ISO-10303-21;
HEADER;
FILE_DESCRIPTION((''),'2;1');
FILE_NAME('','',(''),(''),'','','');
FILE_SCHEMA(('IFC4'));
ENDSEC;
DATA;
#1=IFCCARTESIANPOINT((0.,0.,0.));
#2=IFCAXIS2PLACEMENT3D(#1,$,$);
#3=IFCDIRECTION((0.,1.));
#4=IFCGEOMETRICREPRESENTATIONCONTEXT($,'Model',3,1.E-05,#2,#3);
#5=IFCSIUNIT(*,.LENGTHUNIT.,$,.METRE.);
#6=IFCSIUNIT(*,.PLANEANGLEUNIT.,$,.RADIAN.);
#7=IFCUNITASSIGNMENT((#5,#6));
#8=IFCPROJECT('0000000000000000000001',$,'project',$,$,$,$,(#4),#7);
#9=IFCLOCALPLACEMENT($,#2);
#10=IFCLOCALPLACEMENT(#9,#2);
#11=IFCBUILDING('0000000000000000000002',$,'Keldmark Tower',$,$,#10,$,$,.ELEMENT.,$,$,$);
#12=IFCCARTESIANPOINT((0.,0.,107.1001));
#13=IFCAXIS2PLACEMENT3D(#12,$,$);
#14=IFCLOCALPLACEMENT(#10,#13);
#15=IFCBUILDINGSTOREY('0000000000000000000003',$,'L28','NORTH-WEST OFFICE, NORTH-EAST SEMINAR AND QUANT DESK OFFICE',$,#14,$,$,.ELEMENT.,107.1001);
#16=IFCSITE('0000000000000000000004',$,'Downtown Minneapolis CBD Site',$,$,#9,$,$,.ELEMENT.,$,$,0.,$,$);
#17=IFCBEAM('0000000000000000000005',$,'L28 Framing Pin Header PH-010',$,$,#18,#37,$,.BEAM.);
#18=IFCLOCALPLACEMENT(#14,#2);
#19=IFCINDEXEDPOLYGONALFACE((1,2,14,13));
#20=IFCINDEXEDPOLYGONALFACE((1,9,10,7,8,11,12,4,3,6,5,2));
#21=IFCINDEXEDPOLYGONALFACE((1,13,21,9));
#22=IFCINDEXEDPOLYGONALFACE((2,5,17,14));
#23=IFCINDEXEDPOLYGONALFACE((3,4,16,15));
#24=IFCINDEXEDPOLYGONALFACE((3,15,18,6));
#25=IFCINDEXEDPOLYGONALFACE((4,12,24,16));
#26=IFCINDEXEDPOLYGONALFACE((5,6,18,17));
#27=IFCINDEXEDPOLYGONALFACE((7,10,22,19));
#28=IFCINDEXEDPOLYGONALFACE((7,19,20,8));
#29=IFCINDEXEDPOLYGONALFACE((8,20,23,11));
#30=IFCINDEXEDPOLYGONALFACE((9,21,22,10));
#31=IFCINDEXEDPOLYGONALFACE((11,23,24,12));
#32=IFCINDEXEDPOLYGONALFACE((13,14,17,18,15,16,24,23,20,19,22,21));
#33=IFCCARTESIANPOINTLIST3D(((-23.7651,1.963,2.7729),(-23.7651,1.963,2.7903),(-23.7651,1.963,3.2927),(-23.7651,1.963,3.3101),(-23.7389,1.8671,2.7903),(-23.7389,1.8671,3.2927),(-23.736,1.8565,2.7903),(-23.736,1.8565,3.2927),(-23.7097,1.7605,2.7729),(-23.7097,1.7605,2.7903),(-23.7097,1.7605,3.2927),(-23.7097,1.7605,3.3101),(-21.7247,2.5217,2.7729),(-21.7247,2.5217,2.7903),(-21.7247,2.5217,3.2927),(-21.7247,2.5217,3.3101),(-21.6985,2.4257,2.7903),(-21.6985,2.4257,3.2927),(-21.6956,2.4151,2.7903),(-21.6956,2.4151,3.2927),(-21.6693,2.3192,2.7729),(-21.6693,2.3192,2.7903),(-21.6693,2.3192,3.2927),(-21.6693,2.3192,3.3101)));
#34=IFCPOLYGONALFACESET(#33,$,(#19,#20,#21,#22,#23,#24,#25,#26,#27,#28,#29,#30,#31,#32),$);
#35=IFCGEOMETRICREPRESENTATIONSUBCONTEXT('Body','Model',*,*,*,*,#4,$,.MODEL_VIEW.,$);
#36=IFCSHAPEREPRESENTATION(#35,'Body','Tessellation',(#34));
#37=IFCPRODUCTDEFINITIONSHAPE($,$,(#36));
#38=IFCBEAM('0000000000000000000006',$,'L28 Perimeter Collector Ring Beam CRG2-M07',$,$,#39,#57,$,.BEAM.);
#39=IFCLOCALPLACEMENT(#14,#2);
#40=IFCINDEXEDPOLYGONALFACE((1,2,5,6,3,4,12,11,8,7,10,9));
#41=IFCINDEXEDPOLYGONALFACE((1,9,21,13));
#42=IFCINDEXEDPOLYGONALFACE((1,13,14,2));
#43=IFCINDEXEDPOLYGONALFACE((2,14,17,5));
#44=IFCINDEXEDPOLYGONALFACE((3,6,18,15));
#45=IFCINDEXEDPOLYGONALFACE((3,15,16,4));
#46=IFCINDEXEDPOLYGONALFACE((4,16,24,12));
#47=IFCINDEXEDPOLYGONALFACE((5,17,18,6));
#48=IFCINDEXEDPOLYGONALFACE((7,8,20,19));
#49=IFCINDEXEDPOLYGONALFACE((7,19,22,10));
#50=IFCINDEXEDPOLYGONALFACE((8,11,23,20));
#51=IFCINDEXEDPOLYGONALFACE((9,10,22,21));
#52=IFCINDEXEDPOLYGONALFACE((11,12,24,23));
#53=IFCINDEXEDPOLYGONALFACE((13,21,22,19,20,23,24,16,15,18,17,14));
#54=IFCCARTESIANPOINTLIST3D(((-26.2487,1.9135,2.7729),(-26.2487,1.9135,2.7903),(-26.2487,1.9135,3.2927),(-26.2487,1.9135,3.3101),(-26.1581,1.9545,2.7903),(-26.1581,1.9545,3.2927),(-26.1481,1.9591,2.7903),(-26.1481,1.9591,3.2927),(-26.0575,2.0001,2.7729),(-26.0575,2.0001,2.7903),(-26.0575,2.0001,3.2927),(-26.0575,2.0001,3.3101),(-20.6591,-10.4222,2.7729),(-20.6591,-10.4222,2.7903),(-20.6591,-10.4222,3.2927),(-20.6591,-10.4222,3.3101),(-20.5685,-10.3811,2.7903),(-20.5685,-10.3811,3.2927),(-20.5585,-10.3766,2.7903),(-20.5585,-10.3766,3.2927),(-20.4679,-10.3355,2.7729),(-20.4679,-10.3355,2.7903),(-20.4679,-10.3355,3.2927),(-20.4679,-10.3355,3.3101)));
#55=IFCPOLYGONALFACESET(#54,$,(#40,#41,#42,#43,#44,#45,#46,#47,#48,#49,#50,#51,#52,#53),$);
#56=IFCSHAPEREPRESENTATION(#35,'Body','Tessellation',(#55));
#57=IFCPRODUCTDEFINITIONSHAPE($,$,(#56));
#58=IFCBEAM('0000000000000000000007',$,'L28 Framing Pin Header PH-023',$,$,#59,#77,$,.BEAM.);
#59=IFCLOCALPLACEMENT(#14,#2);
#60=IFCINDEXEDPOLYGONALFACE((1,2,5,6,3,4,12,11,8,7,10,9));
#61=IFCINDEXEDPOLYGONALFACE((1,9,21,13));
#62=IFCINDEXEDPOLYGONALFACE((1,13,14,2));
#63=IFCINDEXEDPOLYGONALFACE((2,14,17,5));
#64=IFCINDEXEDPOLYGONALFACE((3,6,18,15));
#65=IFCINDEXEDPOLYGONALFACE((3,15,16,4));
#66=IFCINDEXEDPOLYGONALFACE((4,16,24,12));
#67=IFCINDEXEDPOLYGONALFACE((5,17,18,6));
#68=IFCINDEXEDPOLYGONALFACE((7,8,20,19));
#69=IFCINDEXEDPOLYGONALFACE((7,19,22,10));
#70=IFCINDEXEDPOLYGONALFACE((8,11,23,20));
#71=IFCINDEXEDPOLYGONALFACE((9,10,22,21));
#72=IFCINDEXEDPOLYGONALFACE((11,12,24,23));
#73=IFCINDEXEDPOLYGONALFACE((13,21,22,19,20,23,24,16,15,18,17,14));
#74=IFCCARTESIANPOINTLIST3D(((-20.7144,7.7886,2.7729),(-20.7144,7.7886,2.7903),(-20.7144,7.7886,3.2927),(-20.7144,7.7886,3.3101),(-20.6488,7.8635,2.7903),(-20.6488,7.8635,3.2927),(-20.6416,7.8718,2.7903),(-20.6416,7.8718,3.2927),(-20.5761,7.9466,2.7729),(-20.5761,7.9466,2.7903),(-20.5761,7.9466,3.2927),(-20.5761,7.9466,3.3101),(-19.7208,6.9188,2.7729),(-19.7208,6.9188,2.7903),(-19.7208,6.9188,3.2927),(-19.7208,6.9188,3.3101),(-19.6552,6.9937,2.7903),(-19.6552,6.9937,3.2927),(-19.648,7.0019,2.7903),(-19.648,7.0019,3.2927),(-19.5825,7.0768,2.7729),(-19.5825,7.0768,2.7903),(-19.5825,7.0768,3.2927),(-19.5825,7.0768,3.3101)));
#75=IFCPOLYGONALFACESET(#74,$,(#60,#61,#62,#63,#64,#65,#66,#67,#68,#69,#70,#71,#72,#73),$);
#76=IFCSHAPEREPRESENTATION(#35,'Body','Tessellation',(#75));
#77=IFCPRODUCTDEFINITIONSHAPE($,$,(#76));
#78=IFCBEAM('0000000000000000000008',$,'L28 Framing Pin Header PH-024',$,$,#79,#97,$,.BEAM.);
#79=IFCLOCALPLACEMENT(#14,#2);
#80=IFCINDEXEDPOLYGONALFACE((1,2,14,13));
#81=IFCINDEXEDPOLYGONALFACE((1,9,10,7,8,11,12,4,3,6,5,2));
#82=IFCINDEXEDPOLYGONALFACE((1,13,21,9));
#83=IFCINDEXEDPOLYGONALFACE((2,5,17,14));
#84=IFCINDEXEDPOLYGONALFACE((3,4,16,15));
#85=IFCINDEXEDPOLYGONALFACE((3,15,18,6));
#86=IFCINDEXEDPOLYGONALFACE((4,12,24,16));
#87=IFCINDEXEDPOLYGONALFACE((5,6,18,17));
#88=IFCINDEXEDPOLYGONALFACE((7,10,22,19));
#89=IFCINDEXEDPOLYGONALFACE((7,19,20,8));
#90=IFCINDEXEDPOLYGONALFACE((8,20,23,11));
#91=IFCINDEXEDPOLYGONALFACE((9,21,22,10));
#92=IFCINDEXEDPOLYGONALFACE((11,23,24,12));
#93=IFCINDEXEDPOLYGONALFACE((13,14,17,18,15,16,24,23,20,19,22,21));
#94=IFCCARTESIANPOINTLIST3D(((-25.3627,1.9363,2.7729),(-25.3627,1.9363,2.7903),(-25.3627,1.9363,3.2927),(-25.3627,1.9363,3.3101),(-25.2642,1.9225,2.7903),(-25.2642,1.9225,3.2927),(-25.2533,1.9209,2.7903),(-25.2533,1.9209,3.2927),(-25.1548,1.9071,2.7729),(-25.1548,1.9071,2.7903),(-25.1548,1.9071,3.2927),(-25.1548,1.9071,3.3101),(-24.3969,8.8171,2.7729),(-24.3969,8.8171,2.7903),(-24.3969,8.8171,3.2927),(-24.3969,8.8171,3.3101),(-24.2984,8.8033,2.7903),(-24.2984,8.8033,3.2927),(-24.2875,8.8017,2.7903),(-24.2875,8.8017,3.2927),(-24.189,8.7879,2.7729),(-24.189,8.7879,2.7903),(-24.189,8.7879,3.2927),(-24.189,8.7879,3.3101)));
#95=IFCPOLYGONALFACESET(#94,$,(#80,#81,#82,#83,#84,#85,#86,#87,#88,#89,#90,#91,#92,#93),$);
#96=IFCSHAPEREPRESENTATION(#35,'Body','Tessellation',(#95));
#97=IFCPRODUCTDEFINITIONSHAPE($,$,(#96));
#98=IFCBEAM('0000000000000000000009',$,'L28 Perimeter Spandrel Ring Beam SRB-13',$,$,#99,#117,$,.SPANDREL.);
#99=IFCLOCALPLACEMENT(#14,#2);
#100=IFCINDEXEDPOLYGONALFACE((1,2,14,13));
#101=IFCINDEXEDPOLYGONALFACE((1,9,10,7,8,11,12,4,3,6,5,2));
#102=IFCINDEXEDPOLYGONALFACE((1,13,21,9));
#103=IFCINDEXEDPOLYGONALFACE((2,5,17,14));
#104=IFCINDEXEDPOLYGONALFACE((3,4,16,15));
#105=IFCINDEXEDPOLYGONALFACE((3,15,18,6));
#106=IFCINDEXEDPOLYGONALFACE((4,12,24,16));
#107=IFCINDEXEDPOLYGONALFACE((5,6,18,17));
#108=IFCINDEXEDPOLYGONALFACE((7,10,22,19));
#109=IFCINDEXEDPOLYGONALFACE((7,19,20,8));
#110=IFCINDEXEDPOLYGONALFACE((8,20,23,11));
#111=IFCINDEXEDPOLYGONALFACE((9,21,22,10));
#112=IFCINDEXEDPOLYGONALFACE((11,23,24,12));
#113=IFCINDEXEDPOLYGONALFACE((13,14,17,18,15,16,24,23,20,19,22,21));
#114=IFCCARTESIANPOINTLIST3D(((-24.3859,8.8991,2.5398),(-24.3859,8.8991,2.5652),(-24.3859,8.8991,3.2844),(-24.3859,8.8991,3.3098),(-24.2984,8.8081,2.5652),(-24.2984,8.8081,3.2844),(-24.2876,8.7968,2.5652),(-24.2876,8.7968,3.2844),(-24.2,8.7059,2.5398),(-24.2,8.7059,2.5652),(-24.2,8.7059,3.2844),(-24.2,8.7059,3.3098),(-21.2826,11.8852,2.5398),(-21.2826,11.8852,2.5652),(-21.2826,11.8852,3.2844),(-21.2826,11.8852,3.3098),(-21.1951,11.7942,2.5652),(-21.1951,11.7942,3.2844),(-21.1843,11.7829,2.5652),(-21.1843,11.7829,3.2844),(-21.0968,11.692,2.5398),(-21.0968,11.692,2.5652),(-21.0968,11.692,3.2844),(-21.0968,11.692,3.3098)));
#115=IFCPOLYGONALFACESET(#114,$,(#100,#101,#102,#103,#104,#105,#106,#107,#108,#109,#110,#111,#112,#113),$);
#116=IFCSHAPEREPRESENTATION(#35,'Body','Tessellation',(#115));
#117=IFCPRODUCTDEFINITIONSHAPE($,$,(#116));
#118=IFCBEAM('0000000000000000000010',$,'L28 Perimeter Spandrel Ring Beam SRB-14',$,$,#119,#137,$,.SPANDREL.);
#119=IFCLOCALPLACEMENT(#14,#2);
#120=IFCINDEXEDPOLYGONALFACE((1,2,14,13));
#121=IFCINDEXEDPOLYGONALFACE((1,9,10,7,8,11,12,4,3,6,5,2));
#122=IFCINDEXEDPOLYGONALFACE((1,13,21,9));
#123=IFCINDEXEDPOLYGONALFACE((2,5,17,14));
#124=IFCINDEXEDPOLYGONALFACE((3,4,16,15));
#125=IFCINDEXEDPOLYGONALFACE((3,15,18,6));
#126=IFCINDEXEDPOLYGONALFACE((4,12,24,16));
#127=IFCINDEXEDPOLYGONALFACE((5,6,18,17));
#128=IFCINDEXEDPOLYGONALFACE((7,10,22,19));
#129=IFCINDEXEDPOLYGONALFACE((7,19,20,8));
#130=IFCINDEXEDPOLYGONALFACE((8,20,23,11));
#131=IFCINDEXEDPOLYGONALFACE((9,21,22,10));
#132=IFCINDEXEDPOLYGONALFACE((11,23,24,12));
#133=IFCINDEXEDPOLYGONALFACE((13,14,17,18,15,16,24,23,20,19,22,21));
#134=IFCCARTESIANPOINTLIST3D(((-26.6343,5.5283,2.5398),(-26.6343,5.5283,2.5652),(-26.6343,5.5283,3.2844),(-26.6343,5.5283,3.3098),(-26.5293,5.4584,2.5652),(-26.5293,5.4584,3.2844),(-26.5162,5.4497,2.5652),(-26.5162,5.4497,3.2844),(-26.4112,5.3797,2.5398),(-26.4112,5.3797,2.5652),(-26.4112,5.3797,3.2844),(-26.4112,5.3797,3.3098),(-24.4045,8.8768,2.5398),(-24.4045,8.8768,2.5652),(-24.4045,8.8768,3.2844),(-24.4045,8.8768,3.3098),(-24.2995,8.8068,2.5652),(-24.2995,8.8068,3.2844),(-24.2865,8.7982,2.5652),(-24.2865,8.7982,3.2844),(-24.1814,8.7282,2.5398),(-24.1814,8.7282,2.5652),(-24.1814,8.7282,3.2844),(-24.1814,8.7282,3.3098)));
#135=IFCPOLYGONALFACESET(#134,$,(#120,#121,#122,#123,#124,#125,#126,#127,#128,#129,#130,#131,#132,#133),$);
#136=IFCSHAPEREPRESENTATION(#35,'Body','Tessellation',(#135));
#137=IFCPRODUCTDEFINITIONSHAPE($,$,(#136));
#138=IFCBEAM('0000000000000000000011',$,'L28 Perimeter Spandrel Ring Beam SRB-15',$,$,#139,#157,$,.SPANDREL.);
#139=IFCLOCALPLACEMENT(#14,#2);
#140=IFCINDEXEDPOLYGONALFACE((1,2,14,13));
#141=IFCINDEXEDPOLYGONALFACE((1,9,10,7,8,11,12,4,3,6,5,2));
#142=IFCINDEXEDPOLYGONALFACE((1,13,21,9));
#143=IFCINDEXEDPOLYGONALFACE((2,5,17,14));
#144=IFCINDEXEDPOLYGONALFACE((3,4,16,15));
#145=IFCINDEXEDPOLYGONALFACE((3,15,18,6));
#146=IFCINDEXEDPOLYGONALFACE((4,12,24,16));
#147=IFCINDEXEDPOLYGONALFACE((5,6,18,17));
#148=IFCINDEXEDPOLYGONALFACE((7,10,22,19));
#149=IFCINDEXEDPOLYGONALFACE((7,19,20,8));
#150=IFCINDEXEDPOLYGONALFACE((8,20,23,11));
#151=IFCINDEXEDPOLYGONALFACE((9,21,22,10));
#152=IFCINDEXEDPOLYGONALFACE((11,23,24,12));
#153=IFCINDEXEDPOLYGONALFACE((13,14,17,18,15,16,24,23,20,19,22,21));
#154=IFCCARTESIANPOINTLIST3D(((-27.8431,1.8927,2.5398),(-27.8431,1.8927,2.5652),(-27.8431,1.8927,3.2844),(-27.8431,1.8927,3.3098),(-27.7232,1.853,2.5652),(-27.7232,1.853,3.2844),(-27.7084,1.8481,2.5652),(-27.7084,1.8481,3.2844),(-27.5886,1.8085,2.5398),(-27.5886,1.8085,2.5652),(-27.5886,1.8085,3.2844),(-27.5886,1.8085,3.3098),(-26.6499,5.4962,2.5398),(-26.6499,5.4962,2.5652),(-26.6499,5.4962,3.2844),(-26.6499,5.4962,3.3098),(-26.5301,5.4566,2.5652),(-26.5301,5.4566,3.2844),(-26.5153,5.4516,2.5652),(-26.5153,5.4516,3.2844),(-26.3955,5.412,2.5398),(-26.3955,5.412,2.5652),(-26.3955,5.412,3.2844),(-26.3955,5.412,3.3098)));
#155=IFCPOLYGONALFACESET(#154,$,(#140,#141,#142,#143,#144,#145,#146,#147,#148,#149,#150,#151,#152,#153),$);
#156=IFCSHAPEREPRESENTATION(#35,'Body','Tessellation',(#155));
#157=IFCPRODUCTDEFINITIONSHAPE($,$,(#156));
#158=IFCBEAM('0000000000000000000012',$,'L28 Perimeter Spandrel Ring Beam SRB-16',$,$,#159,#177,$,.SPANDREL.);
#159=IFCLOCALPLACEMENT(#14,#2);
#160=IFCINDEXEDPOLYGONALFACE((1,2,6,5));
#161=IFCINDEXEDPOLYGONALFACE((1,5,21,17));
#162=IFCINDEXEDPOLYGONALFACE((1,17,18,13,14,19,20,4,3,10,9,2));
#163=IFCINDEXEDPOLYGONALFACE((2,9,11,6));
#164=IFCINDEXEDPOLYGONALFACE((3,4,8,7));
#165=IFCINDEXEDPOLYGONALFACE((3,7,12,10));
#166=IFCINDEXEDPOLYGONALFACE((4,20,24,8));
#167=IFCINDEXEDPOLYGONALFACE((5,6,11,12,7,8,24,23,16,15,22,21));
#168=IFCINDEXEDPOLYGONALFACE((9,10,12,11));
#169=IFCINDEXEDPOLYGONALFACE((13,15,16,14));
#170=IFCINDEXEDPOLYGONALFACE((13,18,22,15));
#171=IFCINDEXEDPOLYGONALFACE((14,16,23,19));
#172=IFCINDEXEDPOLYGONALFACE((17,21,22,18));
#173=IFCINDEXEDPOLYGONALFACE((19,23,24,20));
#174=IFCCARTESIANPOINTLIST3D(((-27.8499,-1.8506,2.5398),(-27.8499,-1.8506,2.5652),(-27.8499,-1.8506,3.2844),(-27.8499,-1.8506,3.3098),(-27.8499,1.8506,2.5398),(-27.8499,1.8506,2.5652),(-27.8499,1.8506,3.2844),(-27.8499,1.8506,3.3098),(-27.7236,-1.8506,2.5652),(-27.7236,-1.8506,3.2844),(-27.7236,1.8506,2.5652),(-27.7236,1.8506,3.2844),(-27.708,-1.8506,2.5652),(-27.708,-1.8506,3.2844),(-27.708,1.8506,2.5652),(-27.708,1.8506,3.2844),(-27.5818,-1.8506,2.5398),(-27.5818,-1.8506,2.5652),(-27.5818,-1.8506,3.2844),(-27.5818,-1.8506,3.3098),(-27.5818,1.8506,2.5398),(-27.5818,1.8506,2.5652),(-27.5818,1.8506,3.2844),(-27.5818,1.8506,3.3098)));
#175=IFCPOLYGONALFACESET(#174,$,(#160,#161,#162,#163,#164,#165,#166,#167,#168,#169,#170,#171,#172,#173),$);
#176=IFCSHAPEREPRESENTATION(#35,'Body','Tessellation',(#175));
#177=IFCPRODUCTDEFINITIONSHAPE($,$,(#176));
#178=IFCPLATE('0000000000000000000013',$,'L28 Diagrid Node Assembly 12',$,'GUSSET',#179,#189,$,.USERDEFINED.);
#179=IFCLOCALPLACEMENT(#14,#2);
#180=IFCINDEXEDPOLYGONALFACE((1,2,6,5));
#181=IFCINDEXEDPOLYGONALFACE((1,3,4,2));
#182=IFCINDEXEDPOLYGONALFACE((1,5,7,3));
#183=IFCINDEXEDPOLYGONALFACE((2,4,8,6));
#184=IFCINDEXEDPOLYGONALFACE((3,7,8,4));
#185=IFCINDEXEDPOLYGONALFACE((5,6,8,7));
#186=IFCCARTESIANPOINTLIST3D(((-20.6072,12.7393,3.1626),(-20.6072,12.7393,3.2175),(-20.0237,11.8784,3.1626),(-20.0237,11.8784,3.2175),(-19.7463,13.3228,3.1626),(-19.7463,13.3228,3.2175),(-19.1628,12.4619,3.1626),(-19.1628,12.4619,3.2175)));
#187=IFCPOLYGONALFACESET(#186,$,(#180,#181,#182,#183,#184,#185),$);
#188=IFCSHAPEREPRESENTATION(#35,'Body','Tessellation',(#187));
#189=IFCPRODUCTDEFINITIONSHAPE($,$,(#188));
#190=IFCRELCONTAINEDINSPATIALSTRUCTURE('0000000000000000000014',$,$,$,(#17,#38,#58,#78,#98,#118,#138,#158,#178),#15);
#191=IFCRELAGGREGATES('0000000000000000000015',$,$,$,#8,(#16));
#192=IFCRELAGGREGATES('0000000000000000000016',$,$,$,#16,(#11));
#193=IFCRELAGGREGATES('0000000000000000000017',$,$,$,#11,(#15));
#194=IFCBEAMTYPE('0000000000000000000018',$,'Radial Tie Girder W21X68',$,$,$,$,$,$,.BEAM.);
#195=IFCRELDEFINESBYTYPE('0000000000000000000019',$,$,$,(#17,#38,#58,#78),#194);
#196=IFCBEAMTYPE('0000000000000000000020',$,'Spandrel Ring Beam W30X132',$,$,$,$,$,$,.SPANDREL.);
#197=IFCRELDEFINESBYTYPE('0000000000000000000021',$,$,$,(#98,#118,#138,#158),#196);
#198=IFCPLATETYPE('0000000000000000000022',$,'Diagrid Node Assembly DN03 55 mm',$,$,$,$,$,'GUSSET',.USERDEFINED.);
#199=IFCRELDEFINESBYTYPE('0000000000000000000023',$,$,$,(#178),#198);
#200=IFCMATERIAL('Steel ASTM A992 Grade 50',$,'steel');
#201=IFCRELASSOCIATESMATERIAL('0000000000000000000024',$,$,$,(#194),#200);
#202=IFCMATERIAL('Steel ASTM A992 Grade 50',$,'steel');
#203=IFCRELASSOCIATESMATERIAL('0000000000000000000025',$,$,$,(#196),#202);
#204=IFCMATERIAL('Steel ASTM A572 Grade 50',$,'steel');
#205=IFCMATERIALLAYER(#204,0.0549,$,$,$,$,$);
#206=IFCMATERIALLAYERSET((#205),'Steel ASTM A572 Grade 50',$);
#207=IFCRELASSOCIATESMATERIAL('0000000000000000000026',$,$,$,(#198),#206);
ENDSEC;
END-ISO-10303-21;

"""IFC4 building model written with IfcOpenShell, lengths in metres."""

from ifc_helpers import new_model, si_unit, direction, frame, origin, origin_2d, place, context, subcontext, project, spatial, rectangle, i_section, extrude, material, layer, layer_set, material_profile, profile_set, type_object, element, save


model = new_model("IFC4")

# Units and contexts
model_context = context("Model", 3, precision=1e-05, world=origin(), true_north=direction((0.0, 1.0)))
body_context = subcontext(model_context, "Body", "Model", "MODEL_VIEW")
ifc_project = project(units=[si_unit("LENGTHUNIT", "METRE"), si_unit("PLANEANGLEUNIT", "RADIAN")], contexts=[model_context])

# Site, building, storey
site_placement = place(None, origin())
site = spatial("IfcSite", under=ifc_project, at=site_placement, Name="Downtown Minneapolis CBD Site", CompositionType="ELEMENT", RefElevation=0.0)
building_placement = place(site_placement, origin())
building = spatial("IfcBuilding", under=site, at=building_placement, Name="Keldmark Tower", CompositionType="ELEMENT")
storey_placement = place(building_placement, frame((0.0, 0.0, 107.1001)))
storey = spatial("IfcBuildingStorey", under=building, at=storey_placement, Name="L28", Description="NORTH-WEST OFFICE, NORTH-EAST SEMINAR AND QUANT DESK OFFICE", CompositionType="ELEMENT", Elevation=107.1001)

# Beams
ifc_material_1 = material(Name="Steel ASTM A992 Grade 50", Category="steel")
ifc_material_profile_1 = material_profile(ifc_material_1, i_section(OverallWidth=0.21, OverallDepth=0.5371, WebThickness=0.011, FlangeThickness=0.0173, at=origin_2d()), Name="W21X68")
ifc_profile_set_1 = profile_set([ifc_material_profile_1], Name="Steel ASTM A992 Grade 50")
beam_type_1 = type_object("IfcBeamType", Name="Radial Tie Girder W21X68", PredefinedType="BEAM", material=ifc_profile_set_1)
beam_1_placement = place(storey_placement, frame((-21.697, 2.4204, 3.0415), z_axis=(-0.964505, -0.264065, 0.0), x_axis=(0.264065, -0.964505, 0.0)))
element("IfcBeam", 1, at=beam_1_placement, inside=storey, type_object=beam_type_1, Name="L28 Framing Pin Header PH-010", PredefinedType="BEAM", context=body_context, shape_type="SweptSolid", body=[
    extrude(i_section(OverallWidth=0.21, OverallDepth=0.5371, WebThickness=0.011, FlangeThickness=0.0173, at=origin_2d()), origin(), (0.0, 0.0, 1.0), 2.1155),
])
beam_2_placement = place(storey_placement, frame((-26.1531, 1.9568, 3.0415), z_axis=(0.41273, -0.910854, 0.0), x_axis=(0.910854, 0.41273, 0.0)))
element("IfcBeam", 2, at=beam_2_placement, inside=storey, type_object=beam_type_1, Name="L28 Perimeter Collector Ring Beam CRG2-M07", PredefinedType="BEAM", context=body_context, shape_type="SweptSolid", body=[
    extrude(i_section(OverallWidth=0.21, OverallDepth=0.5371, WebThickness=0.011, FlangeThickness=0.0173, at=origin_2d()), origin(), (0.0, 0.0, 1.0), 13.543),
])
beam_3_placement = place(storey_placement, frame((-19.6516, 6.9978, 3.0415), z_axis=(-0.752416, 0.658688, 0.0), x_axis=(-0.658688, -0.752416, 0.0)))
element("IfcBeam", 3, at=beam_3_placement, inside=storey, type_object=beam_type_1, Name="L28 Framing Pin Header PH-023", PredefinedType="BEAM", context=body_context, shape_type="SweptSolid", body=[
    extrude(i_section(OverallWidth=0.21, OverallDepth=0.5371, WebThickness=0.011, FlangeThickness=0.0173, at=origin_2d()), origin(), (0.0, 0.0, 1.0), 1.3206),
])
beam_4_placement = place(storey_placement, frame((-24.293, 8.8025, 3.0415), z_axis=(-0.139001, -0.990292, 0.0), x_axis=(0.990292, -0.139001, 0.0)))
element("IfcBeam", 4, at=beam_4_placement, inside=storey, type_object=beam_type_1, Name="L28 Framing Pin Header PH-024", PredefinedType="BEAM", context=body_context, shape_type="SweptSolid", body=[
    extrude(i_section(OverallWidth=0.21, OverallDepth=0.5371, WebThickness=0.011, FlangeThickness=0.0173, at=origin_2d()), origin(), (0.0, 0.0, 1.0), 6.9482),
])
ifc_material_2 = material(Name="Steel ASTM A992 Grade 50", Category="steel")
ifc_material_profile_2 = material_profile(ifc_material_2, i_section(OverallWidth=0.2681, OverallDepth=0.77, WebThickness=0.0156, FlangeThickness=0.0254, at=origin_2d()), Name="W30X132")
ifc_profile_set_2 = profile_set([ifc_material_profile_2], Name="Steel ASTM A992 Grade 50")
beam_type_2 = type_object("IfcBeamType", Name="Spandrel Ring Beam W30X132", PredefinedType="SPANDREL", material=ifc_profile_set_2)
beam_5_placement = place(storey_placement, frame((-21.1897, 11.7886, 2.9248), z_axis=(-0.720581, -0.69337, 0.0), x_axis=(0.69337, -0.720581, 0.0)))
element("IfcBeam", 5, at=beam_5_placement, inside=storey, type_object=beam_type_2, Name="L28 Perimeter Spandrel Ring Beam SRB-13", PredefinedType="SPANDREL", context=body_context, shape_type="SweptSolid", body=[
    extrude(i_section(OverallWidth=0.2681, OverallDepth=0.77, WebThickness=0.0156, FlangeThickness=0.0254, at=origin_2d()), origin(), (0.0, 0.0, 1.0), 4.3066),
])
beam_6_placement = place(storey_placement, frame((-24.293, 8.8025, 2.9248), z_axis=(-0.554266, -0.83234, 0.0), x_axis=(0.83234, -0.554266, 0.0)))
element("IfcBeam", 6, at=beam_6_placement, inside=storey, type_object=beam_type_2, Name="L28 Perimeter Spandrel Ring Beam SRB-14", PredefinedType="SPANDREL", context=body_context, shape_type="SweptSolid", body=[
    extrude(i_section(OverallWidth=0.2681, OverallDepth=0.77, WebThickness=0.0156, FlangeThickness=0.0254, at=origin_2d()), origin(), (0.0, 0.0, 1.0), 4.0229),
])
beam_7_placement = place(storey_placement, frame((-26.5227, 5.4541, 2.9248), z_axis=(-0.314317, -0.949318, 0.0), x_axis=(0.949318, -0.314317, 0.0)))
element("IfcBeam", 7, at=beam_7_placement, inside=storey, type_object=beam_type_2, Name="L28 Perimeter Spandrel Ring Beam SRB-15", PredefinedType="SPANDREL", context=body_context, shape_type="SweptSolid", body=[
    extrude(i_section(OverallWidth=0.2681, OverallDepth=0.77, WebThickness=0.0156, FlangeThickness=0.0254, at=origin_2d()), origin(), (0.0, 0.0, 1.0), 3.7959),
])
beam_8_placement = place(storey_placement, frame((-27.7158, 1.8506, 2.9248), z_axis=(0.0, -1.0, 0.0), x_axis=(1.0, 0.0, 0.0)))
element("IfcBeam", 8, at=beam_8_placement, inside=storey, type_object=beam_type_2, Name="L28 Perimeter Spandrel Ring Beam SRB-16", PredefinedType="SPANDREL", context=body_context, shape_type="SweptSolid", body=[
    extrude(i_section(OverallWidth=0.2681, OverallDepth=0.77, WebThickness=0.0156, FlangeThickness=0.0254, at=origin_2d()), origin(), (0.0, 0.0, 1.0), 3.7012),
])

# Plate
ifc_material_3 = material(Name="Steel ASTM A572 Grade 50", Category="steel")
ifc_layer_1 = layer(ifc_material_3, 0.0549)
ifc_layer_set_1 = layer_set([ifc_layer_1], Name="Steel ASTM A572 Grade 50")
plate_type = type_object("IfcPlateType", Name="Diagrid Node Assembly DN03 55 mm", ElementType="GUSSET", PredefinedType="USERDEFINED", material=ifc_layer_set_1)
for number, where, z_axis, x_axis, name in (
    (9, (-19.885, 12.6006, 3.1626), (0.0, 0.0, 1.0), (-0.827767, -0.561072, 0.0), "L28 Diagrid Node Assembly 12"),
):
    element("IfcPlate", number, at=place(storey_placement, frame(where, z_axis=z_axis, x_axis=x_axis)), inside=storey, type_object=plate_type, Name=name, ObjectType="GUSSET", PredefinedType="USERDEFINED", context=body_context, shape_type="SweptSolid", body=[
        extrude(rectangle(XDim=1.04, YDim=1.04, at=origin_2d()), origin(), (0.0, 0.0, 1.0), 0.0549),
    ])

save(model, "model.ifc")
